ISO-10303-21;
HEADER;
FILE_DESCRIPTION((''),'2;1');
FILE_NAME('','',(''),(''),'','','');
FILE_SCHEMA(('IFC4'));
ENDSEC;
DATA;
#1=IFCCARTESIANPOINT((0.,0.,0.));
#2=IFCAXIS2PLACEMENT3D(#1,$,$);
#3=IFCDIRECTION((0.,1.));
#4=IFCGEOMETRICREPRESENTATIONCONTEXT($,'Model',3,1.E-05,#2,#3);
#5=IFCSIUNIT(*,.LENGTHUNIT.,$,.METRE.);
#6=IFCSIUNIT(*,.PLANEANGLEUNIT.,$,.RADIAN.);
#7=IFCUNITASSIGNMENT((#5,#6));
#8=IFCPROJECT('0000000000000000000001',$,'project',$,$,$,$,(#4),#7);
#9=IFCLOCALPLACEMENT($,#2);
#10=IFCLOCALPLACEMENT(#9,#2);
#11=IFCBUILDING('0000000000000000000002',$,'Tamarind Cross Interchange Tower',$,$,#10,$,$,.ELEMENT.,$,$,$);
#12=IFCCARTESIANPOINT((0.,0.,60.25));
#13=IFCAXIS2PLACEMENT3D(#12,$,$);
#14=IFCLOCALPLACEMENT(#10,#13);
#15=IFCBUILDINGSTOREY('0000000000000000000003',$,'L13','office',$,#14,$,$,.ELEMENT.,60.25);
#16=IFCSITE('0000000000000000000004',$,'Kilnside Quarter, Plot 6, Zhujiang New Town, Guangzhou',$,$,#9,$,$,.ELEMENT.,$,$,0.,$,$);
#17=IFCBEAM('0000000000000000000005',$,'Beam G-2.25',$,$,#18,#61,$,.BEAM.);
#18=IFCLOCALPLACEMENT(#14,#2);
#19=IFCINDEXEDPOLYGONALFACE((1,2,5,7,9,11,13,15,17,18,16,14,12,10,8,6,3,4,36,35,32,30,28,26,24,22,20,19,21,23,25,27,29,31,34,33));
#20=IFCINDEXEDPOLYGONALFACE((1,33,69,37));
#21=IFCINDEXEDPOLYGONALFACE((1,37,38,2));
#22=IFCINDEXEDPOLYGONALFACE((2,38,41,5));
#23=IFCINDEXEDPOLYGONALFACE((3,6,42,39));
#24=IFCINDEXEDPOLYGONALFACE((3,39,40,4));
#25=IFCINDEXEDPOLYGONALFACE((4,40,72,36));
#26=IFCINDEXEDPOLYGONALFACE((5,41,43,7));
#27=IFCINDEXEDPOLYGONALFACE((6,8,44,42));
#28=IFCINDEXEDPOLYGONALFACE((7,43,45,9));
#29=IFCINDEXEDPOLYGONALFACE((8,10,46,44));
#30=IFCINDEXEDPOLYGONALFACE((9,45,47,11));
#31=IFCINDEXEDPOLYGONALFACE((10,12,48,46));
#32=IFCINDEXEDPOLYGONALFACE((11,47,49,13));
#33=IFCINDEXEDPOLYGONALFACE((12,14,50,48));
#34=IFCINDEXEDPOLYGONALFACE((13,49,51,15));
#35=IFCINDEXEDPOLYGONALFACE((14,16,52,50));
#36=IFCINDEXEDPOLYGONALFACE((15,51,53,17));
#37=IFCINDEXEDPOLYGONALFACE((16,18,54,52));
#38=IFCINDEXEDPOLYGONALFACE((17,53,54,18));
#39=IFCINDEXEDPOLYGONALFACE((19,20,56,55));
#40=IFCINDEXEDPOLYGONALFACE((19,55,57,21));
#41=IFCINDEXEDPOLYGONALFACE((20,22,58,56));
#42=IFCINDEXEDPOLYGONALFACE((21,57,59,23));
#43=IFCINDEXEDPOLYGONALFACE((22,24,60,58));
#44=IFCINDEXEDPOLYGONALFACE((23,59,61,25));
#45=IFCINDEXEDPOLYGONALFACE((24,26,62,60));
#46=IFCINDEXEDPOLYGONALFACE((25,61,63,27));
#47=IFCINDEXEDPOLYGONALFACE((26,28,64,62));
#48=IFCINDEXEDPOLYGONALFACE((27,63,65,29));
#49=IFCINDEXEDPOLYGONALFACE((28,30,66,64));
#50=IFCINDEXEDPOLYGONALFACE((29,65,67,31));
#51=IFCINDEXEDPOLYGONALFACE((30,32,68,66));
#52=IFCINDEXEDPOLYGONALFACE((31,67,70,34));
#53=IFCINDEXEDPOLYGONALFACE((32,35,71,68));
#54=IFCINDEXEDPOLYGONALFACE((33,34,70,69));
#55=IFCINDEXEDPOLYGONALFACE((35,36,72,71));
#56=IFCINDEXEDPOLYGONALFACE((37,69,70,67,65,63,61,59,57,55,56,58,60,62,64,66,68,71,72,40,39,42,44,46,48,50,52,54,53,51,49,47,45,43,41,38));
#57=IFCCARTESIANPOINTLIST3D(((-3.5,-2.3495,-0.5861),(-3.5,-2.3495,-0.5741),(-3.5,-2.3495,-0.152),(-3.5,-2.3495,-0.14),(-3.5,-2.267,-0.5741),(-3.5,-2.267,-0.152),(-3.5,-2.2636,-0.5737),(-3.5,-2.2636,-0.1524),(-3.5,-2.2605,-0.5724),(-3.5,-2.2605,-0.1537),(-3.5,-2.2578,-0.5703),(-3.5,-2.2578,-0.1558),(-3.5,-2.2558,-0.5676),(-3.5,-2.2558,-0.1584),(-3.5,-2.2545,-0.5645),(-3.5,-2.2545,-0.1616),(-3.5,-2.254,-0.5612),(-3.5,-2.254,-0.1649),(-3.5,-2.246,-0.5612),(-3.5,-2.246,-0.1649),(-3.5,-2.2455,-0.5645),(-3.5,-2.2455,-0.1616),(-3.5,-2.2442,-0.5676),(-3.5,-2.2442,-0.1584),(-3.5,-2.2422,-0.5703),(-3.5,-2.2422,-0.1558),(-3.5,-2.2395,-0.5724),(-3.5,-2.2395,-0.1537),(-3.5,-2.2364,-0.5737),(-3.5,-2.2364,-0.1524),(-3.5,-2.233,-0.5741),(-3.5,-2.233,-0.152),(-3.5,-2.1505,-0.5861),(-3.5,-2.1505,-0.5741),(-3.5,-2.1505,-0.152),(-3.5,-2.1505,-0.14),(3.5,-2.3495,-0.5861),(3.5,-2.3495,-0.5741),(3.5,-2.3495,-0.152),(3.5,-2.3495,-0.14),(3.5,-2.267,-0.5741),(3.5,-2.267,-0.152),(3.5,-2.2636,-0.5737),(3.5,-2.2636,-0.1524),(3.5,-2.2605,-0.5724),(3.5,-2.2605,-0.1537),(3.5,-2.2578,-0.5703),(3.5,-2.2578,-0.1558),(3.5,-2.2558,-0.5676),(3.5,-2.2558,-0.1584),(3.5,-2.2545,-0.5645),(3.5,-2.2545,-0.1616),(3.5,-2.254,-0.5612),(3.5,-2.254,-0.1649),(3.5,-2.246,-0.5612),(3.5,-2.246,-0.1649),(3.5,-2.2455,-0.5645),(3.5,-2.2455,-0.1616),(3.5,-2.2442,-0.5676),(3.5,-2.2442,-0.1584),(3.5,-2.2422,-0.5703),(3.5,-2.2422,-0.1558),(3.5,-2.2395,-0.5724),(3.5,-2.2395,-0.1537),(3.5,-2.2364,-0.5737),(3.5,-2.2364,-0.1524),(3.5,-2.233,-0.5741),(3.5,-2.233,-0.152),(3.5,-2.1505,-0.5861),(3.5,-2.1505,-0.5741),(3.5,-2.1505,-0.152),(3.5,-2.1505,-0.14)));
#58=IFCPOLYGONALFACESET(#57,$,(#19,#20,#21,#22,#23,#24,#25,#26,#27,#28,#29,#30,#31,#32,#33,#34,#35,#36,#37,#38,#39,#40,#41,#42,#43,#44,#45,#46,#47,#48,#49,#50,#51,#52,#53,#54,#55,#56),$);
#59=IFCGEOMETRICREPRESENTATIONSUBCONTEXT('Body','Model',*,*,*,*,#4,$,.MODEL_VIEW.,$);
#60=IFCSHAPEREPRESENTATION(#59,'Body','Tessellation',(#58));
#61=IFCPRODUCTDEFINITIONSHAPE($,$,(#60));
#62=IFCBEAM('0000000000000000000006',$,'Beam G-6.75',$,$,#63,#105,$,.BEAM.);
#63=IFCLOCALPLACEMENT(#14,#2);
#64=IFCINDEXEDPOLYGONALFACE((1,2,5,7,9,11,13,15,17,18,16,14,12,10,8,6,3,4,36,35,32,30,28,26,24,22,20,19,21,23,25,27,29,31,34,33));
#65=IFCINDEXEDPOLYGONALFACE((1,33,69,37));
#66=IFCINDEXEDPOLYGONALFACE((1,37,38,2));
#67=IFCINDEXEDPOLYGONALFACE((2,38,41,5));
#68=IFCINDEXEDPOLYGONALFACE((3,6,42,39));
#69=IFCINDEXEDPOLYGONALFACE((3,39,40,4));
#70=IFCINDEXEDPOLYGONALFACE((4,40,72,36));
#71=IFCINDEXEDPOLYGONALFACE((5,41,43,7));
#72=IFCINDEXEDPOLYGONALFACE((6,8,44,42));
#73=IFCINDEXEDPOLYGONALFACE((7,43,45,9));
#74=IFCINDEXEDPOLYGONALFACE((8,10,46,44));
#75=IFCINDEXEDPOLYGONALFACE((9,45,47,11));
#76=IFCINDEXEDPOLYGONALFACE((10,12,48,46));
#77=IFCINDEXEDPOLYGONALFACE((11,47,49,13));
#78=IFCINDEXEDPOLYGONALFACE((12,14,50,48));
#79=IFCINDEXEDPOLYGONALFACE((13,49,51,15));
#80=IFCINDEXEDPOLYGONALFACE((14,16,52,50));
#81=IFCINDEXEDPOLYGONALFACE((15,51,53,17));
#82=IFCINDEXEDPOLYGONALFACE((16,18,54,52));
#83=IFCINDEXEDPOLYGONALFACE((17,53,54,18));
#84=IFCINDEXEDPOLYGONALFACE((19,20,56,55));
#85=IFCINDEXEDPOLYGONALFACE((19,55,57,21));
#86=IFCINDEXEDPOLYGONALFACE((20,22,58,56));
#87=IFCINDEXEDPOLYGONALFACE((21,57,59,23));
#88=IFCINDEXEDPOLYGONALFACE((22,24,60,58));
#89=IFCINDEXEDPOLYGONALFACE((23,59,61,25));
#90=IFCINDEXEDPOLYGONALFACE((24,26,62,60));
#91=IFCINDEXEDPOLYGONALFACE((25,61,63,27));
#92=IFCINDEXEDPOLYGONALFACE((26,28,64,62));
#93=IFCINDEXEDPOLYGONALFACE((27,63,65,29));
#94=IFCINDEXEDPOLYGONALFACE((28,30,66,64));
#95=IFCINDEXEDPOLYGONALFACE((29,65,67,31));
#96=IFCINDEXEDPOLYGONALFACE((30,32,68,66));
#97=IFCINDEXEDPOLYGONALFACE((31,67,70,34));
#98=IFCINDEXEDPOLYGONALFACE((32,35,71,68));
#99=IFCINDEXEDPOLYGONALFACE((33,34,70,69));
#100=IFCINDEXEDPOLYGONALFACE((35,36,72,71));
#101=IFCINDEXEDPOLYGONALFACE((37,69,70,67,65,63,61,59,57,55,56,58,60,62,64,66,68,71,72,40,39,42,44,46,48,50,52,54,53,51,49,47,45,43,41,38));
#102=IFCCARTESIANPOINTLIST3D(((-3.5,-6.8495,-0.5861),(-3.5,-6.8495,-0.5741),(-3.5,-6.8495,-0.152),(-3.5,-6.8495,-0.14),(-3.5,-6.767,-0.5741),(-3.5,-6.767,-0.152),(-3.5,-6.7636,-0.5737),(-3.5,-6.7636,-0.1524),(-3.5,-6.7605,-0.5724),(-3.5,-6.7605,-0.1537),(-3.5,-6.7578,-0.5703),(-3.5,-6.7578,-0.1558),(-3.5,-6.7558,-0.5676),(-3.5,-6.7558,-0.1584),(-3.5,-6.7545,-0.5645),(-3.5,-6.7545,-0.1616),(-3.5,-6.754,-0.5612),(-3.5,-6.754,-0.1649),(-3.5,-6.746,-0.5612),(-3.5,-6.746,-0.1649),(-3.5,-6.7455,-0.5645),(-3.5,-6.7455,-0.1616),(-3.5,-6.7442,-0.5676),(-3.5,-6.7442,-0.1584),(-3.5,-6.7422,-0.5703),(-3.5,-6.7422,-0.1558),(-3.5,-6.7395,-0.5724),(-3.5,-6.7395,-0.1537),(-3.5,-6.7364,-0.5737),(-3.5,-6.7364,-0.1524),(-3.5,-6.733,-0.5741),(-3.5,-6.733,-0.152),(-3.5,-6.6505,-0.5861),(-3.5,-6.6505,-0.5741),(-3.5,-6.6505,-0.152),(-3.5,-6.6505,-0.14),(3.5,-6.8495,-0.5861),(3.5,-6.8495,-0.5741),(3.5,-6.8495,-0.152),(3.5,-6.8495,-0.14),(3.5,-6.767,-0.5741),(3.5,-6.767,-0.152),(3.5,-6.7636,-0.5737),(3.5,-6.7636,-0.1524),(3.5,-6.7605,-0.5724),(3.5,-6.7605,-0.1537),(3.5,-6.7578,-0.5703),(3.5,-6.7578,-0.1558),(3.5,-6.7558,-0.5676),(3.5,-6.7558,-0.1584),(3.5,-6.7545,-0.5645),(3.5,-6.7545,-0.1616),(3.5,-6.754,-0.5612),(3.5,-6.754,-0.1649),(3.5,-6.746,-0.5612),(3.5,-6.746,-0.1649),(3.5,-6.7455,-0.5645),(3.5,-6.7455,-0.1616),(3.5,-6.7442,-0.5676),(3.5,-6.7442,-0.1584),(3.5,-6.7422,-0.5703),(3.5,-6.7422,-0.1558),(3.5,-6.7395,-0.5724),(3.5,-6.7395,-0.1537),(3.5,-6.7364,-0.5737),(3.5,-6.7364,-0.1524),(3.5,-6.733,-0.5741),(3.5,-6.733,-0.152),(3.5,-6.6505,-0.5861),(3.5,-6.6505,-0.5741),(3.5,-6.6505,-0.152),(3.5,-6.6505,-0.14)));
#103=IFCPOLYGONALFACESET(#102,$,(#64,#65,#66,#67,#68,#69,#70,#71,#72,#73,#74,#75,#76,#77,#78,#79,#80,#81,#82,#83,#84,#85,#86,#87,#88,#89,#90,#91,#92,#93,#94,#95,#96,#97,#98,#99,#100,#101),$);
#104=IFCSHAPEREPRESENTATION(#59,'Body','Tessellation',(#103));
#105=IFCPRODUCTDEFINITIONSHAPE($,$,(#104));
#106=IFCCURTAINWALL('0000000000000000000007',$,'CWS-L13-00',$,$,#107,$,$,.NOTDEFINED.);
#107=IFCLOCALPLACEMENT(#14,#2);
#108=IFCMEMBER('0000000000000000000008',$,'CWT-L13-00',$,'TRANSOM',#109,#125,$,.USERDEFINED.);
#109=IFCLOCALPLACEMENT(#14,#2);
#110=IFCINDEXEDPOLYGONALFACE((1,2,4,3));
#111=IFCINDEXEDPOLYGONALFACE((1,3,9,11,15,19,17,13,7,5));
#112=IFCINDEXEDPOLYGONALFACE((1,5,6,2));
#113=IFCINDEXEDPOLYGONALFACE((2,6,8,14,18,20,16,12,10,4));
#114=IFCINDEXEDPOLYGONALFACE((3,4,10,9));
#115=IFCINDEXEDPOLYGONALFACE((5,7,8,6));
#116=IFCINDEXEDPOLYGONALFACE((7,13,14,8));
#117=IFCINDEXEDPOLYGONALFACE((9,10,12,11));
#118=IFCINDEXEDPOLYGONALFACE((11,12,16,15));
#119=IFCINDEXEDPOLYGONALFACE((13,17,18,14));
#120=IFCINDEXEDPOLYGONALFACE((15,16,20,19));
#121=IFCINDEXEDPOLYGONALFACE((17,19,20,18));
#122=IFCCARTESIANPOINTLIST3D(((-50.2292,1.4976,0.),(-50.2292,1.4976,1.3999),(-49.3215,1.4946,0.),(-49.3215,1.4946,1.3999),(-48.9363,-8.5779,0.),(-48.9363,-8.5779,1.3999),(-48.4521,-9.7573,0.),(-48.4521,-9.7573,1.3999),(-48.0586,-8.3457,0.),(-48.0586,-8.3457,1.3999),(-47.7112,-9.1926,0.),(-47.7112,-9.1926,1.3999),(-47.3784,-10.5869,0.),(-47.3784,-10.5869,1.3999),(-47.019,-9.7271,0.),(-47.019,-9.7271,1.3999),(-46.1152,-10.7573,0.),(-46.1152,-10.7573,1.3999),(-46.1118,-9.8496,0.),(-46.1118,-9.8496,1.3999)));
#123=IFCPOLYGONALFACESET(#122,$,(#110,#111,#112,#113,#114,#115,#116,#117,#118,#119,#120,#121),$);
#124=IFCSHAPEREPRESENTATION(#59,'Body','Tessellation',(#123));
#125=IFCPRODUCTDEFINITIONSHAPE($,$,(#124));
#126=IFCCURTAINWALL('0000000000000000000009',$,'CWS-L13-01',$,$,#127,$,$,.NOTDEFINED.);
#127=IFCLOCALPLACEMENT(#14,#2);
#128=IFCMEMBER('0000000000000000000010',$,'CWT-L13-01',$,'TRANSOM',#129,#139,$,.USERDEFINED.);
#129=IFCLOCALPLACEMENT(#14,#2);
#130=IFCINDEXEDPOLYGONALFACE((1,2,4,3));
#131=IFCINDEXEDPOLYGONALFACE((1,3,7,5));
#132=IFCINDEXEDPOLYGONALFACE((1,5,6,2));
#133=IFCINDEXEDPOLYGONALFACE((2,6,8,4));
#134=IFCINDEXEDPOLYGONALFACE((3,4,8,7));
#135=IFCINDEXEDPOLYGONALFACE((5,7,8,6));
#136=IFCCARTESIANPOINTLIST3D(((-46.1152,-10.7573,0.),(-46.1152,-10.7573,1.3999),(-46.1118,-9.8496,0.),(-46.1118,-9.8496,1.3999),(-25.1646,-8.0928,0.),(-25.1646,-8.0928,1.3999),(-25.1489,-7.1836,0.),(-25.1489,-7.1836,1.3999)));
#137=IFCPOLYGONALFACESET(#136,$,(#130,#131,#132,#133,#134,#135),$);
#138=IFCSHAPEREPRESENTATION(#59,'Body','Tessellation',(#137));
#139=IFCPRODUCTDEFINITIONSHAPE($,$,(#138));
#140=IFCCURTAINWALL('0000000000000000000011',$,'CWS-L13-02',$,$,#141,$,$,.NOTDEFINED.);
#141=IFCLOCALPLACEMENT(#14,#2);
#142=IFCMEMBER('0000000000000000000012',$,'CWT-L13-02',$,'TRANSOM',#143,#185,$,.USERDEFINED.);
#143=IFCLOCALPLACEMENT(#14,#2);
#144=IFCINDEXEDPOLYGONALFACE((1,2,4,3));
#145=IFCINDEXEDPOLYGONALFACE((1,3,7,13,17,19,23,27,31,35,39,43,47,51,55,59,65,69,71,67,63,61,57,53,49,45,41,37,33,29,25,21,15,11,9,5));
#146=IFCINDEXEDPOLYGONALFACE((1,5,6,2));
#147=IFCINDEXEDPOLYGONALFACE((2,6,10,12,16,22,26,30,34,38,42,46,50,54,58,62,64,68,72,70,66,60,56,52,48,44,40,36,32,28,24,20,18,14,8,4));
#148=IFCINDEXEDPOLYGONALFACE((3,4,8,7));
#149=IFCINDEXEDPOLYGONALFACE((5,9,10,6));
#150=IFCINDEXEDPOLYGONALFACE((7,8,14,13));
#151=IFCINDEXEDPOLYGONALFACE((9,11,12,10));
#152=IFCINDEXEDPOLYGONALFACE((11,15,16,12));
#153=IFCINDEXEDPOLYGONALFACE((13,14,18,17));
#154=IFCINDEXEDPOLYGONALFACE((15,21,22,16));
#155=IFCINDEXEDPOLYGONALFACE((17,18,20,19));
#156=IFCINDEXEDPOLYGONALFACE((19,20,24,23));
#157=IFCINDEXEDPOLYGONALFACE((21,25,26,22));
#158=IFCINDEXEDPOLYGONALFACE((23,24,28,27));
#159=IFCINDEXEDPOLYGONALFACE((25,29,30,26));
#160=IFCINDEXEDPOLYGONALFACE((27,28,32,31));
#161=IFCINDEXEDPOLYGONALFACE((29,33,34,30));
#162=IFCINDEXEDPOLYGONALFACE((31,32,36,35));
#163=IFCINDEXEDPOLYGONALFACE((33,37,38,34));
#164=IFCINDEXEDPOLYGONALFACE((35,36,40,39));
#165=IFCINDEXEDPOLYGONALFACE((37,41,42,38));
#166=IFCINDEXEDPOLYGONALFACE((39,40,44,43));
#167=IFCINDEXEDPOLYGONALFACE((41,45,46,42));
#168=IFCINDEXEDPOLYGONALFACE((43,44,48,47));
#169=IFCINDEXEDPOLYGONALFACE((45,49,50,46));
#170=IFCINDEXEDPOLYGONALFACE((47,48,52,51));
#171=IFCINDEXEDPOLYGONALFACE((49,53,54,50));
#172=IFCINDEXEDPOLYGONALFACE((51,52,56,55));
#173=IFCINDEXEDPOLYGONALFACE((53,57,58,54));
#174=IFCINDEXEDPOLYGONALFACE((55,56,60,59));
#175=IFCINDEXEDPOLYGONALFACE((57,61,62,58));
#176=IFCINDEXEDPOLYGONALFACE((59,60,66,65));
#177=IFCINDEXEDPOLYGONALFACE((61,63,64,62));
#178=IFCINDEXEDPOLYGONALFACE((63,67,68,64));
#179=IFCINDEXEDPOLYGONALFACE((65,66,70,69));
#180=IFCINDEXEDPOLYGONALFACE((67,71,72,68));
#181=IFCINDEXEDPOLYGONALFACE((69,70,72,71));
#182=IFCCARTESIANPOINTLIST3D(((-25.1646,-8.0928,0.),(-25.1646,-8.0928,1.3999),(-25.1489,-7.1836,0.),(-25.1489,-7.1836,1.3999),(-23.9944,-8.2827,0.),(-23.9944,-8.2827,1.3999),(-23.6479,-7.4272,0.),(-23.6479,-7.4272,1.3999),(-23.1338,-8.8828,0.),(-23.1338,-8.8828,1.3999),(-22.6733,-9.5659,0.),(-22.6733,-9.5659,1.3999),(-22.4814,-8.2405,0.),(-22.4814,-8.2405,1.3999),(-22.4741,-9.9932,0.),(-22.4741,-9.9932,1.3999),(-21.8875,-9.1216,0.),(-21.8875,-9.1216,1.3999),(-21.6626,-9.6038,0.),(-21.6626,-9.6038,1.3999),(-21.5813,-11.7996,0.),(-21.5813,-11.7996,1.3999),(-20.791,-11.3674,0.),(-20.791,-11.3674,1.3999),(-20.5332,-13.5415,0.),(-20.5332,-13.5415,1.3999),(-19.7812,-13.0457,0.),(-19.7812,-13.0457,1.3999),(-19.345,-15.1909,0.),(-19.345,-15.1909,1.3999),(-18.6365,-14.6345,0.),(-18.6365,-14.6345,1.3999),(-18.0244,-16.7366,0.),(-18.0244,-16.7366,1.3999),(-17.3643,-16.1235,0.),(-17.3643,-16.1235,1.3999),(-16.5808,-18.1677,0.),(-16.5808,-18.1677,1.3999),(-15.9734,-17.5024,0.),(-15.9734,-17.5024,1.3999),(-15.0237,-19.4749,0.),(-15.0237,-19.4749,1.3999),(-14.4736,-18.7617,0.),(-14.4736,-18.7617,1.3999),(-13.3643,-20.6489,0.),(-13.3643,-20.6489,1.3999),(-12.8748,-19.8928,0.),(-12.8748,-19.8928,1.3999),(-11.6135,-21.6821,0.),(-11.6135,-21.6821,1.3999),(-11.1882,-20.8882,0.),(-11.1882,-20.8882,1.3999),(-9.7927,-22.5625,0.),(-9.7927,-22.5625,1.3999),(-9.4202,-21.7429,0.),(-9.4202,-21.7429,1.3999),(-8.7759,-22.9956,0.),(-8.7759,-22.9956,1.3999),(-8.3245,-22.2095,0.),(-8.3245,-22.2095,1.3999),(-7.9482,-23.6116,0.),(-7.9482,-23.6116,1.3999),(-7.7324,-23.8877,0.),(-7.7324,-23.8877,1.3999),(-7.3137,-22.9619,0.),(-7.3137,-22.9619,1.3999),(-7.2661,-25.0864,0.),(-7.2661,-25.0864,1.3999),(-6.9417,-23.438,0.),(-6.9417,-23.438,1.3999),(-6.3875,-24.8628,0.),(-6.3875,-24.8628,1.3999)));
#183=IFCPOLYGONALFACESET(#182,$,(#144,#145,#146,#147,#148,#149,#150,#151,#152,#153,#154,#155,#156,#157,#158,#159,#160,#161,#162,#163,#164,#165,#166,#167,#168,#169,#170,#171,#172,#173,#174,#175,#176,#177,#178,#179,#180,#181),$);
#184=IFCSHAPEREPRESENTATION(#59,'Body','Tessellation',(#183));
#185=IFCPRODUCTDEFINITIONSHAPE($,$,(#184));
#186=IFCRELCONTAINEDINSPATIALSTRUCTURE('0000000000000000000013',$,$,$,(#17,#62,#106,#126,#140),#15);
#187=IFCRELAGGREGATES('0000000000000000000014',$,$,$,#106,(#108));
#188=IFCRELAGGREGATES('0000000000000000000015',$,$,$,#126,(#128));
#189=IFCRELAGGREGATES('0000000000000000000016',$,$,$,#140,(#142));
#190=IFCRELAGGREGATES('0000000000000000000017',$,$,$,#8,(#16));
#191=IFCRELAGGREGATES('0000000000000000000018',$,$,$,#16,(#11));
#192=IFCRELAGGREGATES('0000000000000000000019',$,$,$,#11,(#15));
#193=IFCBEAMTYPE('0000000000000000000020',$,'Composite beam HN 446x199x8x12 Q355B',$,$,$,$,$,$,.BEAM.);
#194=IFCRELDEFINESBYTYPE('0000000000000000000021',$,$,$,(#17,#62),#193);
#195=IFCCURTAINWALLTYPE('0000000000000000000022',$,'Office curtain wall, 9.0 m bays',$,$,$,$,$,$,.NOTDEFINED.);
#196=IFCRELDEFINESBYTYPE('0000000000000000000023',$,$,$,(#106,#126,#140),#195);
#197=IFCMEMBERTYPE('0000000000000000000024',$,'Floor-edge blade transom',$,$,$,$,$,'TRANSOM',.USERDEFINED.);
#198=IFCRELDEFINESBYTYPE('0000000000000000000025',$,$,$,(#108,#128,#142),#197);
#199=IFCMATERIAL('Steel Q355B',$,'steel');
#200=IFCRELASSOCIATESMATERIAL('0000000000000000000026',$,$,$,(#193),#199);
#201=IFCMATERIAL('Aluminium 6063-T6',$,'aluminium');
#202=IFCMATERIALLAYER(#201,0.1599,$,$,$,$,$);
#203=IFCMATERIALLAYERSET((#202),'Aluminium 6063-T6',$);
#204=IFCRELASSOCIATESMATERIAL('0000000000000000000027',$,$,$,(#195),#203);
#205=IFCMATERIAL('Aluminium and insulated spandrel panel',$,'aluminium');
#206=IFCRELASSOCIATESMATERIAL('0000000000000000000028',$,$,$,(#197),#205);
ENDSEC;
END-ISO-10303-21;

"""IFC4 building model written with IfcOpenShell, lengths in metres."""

from ifc_helpers import new_model, si_unit, direction, frame, origin, origin_2d, place, context, subcontext, project, spatial, polyline, i_section, outline, extrude, material, layer, layer_set, material_profile, profile_set, type_object, element, aggregate, save


model = new_model("IFC4")

# Units and contexts
model_context = context("Model", 3, precision=1e-05, world=origin(), true_north=direction((0.0, 1.0)))
body_context = subcontext(model_context, "Body", "Model", "MODEL_VIEW")
ifc_project = project(units=[si_unit("LENGTHUNIT", "METRE"), si_unit("PLANEANGLEUNIT", "RADIAN")], contexts=[model_context])

# Site, building, storey
site_placement = place(None, origin())
site = spatial("IfcSite", under=ifc_project, at=site_placement, Name="Kilnside Quarter, Plot 6, Zhujiang New Town, Guangzhou", CompositionType="ELEMENT", RefElevation=0.0)
building_placement = place(site_placement, origin())
building = spatial("IfcBuilding", under=site, at=building_placement, Name="Tamarind Cross Interchange Tower", CompositionType="ELEMENT")
storey_placement = place(building_placement, frame((0.0, 0.0, 60.25)))
storey = spatial("IfcBuildingStorey", under=building, at=storey_placement, Name="L13", Description="office", CompositionType="ELEMENT", Elevation=60.25)

# Beams
ifc_material_1 = material(Name="Steel Q355B", Category="steel")
ifc_material_profile = material_profile(ifc_material_1, i_section(OverallWidth=0.199, OverallDepth=0.446, WebThickness=0.0081, FlangeThickness=0.012, FilletRadius=0.0129, at=origin_2d()), Name="HN 446x199x8x12")
ifc_profile_set = profile_set([ifc_material_profile], Name="Steel Q355B")
beam_type = type_object("IfcBeamType", Name="Composite beam HN 446x199x8x12 Q355B", PredefinedType="BEAM", material=ifc_profile_set)
for number, where, z_axis, x_axis, name in (
    (1, (-3.5, -2.25, -0.363), (1.0, 0.0, 0.0), (0.0, 1.0, 0.0), "Beam G-2.25"),
    (2, (-3.5, -6.75, -0.363), (1.0, 0.0, 0.0), (0.0, 1.0, 0.0), "Beam G-6.75"),
):
    element("IfcBeam", number, at=place(storey_placement, frame(where, z_axis=z_axis, x_axis=x_axis)), inside=storey, type_object=beam_type, Name=name, PredefinedType="BEAM", context=body_context, shape_type="SweptSolid", body=[
        extrude(i_section(OverallWidth=0.199, OverallDepth=0.446, WebThickness=0.0081, FlangeThickness=0.012, FilletRadius=0.0129, at=origin_2d()), origin(), (0.0, 0.0, 1.0), 7.0),
    ])

# Curtain walls, members
ifc_material_2 = material(Name="Aluminium 6063-T6", Category="aluminium")
ifc_layer_1 = layer(ifc_material_2, 0.1599)
ifc_layer_set_1 = layer_set([ifc_layer_1], Name="Aluminium 6063-T6")
curtain_wall_type = type_object("IfcCurtainWallType", Name="Office curtain wall, 9.0 m bays", PredefinedType="NOTDEFINED", material=ifc_layer_set_1)
curtain_wall_1_placement = place(storey_placement, origin())
curtain_wall_1 = element("IfcCurtainWall", 3, at=curtain_wall_1_placement, inside=storey, type_object=curtain_wall_type, Name="CWS-L13-00", PredefinedType="NOTDEFINED")
ifc_material_3 = material(Name="Aluminium and insulated spandrel panel", Category="aluminium")
member_type = type_object("IfcMemberType", Name="Floor-edge blade transom", ElementType="TRANSOM", PredefinedType="USERDEFINED", material=ifc_material_3)
member_1_placement = place(storey_placement, origin())
member_1 = element("IfcMember", 4, at=member_1_placement, type_object=member_type, Name="CWT-L13-00", ObjectType="TRANSOM", PredefinedType="USERDEFINED", context=body_context, shape_type="SweptSolid", body=[
    extrude(outline(polyline([(-49.3215, 1.4946), (-48.0586, -8.3457), (-47.7112, -9.1926), (-47.019, -9.7271), (-46.1118, -9.8496), (-46.1152, -10.7573), (-47.3784, -10.5869), (-48.4521, -9.7573), (-48.9363, -8.5779), (-50.2292, 1.4976), (-49.3215, 1.4946)])), origin(), (0.0, 0.0, 1.0), 1.3999),
])
curtain_wall_2_placement = place(storey_placement, origin())
curtain_wall_2 = element("IfcCurtainWall", 5, at=curtain_wall_2_placement, inside=storey, type_object=curtain_wall_type, Name="CWS-L13-01", PredefinedType="NOTDEFINED")
member_2_placement = place(storey_placement, origin())
member_2 = element("IfcMember", 6, at=member_2_placement, type_object=member_type, Name="CWT-L13-01", ObjectType="TRANSOM", PredefinedType="USERDEFINED", context=body_context, shape_type="SweptSolid", body=[
    extrude(outline(polyline([(-46.1118, -9.8496), (-25.1489, -7.1836), (-25.1646, -8.0928), (-46.1152, -10.7573), (-46.1118, -9.8496)])), origin(), (0.0, 0.0, 1.0), 1.3999),
])
curtain_wall_3_placement = place(storey_placement, origin())
curtain_wall_3 = element("IfcCurtainWall", 7, at=curtain_wall_3_placement, inside=storey, type_object=curtain_wall_type, Name="CWS-L13-02", PredefinedType="NOTDEFINED")
member_3_placement = place(storey_placement, origin())
member_3 = element("IfcMember", 8, at=member_3_placement, type_object=member_type, Name="CWT-L13-02", ObjectType="TRANSOM", PredefinedType="USERDEFINED", context=body_context, shape_type="SweptSolid", body=[
    extrude(outline(polyline([(-25.1489, -7.1836), (-23.6479, -7.4272), (-22.4814, -8.2405), (-21.8875, -9.1216), (-21.6626, -9.6038), (-20.791, -11.3674), (-19.7812, -13.0457), (-18.6365, -14.6345), (-17.3643, -16.1235), (-15.9734, -17.5024), (-14.4736, -18.7617), (-12.8748, -19.8928), (-11.1882, -20.8882), (-9.4202, -21.7429), (-8.3245, -22.2095), (-7.3137, -22.9619), (-6.9417, -23.438), (-6.3875, -24.8628), (-7.2661, -25.0864), (-7.7324, -23.8877), (-7.9482, -23.6116), (-8.7759, -22.9956), (-9.7927, -22.5625), (-11.6135, -21.6821), (-13.3643, -20.6489), (-15.0237, -19.4749), (-16.5808, -18.1677), (-18.0244, -16.7366), (-19.345, -15.1909), (-20.5332, -13.5415), (-21.5813, -11.7996), (-22.4741, -9.9932), (-22.6733, -9.5659), (-23.1338, -8.8828), (-23.9944, -8.2827), (-25.1646, -8.0928), (-25.1489, -7.1836)])), origin(), (0.0, 0.0, 1.0), 1.3999),
])

aggregate(curtain_wall_1, [member_1])
aggregate(curtain_wall_2, [member_2])
aggregate(curtain_wall_3, [member_3])

save(model, "model.ifc")
